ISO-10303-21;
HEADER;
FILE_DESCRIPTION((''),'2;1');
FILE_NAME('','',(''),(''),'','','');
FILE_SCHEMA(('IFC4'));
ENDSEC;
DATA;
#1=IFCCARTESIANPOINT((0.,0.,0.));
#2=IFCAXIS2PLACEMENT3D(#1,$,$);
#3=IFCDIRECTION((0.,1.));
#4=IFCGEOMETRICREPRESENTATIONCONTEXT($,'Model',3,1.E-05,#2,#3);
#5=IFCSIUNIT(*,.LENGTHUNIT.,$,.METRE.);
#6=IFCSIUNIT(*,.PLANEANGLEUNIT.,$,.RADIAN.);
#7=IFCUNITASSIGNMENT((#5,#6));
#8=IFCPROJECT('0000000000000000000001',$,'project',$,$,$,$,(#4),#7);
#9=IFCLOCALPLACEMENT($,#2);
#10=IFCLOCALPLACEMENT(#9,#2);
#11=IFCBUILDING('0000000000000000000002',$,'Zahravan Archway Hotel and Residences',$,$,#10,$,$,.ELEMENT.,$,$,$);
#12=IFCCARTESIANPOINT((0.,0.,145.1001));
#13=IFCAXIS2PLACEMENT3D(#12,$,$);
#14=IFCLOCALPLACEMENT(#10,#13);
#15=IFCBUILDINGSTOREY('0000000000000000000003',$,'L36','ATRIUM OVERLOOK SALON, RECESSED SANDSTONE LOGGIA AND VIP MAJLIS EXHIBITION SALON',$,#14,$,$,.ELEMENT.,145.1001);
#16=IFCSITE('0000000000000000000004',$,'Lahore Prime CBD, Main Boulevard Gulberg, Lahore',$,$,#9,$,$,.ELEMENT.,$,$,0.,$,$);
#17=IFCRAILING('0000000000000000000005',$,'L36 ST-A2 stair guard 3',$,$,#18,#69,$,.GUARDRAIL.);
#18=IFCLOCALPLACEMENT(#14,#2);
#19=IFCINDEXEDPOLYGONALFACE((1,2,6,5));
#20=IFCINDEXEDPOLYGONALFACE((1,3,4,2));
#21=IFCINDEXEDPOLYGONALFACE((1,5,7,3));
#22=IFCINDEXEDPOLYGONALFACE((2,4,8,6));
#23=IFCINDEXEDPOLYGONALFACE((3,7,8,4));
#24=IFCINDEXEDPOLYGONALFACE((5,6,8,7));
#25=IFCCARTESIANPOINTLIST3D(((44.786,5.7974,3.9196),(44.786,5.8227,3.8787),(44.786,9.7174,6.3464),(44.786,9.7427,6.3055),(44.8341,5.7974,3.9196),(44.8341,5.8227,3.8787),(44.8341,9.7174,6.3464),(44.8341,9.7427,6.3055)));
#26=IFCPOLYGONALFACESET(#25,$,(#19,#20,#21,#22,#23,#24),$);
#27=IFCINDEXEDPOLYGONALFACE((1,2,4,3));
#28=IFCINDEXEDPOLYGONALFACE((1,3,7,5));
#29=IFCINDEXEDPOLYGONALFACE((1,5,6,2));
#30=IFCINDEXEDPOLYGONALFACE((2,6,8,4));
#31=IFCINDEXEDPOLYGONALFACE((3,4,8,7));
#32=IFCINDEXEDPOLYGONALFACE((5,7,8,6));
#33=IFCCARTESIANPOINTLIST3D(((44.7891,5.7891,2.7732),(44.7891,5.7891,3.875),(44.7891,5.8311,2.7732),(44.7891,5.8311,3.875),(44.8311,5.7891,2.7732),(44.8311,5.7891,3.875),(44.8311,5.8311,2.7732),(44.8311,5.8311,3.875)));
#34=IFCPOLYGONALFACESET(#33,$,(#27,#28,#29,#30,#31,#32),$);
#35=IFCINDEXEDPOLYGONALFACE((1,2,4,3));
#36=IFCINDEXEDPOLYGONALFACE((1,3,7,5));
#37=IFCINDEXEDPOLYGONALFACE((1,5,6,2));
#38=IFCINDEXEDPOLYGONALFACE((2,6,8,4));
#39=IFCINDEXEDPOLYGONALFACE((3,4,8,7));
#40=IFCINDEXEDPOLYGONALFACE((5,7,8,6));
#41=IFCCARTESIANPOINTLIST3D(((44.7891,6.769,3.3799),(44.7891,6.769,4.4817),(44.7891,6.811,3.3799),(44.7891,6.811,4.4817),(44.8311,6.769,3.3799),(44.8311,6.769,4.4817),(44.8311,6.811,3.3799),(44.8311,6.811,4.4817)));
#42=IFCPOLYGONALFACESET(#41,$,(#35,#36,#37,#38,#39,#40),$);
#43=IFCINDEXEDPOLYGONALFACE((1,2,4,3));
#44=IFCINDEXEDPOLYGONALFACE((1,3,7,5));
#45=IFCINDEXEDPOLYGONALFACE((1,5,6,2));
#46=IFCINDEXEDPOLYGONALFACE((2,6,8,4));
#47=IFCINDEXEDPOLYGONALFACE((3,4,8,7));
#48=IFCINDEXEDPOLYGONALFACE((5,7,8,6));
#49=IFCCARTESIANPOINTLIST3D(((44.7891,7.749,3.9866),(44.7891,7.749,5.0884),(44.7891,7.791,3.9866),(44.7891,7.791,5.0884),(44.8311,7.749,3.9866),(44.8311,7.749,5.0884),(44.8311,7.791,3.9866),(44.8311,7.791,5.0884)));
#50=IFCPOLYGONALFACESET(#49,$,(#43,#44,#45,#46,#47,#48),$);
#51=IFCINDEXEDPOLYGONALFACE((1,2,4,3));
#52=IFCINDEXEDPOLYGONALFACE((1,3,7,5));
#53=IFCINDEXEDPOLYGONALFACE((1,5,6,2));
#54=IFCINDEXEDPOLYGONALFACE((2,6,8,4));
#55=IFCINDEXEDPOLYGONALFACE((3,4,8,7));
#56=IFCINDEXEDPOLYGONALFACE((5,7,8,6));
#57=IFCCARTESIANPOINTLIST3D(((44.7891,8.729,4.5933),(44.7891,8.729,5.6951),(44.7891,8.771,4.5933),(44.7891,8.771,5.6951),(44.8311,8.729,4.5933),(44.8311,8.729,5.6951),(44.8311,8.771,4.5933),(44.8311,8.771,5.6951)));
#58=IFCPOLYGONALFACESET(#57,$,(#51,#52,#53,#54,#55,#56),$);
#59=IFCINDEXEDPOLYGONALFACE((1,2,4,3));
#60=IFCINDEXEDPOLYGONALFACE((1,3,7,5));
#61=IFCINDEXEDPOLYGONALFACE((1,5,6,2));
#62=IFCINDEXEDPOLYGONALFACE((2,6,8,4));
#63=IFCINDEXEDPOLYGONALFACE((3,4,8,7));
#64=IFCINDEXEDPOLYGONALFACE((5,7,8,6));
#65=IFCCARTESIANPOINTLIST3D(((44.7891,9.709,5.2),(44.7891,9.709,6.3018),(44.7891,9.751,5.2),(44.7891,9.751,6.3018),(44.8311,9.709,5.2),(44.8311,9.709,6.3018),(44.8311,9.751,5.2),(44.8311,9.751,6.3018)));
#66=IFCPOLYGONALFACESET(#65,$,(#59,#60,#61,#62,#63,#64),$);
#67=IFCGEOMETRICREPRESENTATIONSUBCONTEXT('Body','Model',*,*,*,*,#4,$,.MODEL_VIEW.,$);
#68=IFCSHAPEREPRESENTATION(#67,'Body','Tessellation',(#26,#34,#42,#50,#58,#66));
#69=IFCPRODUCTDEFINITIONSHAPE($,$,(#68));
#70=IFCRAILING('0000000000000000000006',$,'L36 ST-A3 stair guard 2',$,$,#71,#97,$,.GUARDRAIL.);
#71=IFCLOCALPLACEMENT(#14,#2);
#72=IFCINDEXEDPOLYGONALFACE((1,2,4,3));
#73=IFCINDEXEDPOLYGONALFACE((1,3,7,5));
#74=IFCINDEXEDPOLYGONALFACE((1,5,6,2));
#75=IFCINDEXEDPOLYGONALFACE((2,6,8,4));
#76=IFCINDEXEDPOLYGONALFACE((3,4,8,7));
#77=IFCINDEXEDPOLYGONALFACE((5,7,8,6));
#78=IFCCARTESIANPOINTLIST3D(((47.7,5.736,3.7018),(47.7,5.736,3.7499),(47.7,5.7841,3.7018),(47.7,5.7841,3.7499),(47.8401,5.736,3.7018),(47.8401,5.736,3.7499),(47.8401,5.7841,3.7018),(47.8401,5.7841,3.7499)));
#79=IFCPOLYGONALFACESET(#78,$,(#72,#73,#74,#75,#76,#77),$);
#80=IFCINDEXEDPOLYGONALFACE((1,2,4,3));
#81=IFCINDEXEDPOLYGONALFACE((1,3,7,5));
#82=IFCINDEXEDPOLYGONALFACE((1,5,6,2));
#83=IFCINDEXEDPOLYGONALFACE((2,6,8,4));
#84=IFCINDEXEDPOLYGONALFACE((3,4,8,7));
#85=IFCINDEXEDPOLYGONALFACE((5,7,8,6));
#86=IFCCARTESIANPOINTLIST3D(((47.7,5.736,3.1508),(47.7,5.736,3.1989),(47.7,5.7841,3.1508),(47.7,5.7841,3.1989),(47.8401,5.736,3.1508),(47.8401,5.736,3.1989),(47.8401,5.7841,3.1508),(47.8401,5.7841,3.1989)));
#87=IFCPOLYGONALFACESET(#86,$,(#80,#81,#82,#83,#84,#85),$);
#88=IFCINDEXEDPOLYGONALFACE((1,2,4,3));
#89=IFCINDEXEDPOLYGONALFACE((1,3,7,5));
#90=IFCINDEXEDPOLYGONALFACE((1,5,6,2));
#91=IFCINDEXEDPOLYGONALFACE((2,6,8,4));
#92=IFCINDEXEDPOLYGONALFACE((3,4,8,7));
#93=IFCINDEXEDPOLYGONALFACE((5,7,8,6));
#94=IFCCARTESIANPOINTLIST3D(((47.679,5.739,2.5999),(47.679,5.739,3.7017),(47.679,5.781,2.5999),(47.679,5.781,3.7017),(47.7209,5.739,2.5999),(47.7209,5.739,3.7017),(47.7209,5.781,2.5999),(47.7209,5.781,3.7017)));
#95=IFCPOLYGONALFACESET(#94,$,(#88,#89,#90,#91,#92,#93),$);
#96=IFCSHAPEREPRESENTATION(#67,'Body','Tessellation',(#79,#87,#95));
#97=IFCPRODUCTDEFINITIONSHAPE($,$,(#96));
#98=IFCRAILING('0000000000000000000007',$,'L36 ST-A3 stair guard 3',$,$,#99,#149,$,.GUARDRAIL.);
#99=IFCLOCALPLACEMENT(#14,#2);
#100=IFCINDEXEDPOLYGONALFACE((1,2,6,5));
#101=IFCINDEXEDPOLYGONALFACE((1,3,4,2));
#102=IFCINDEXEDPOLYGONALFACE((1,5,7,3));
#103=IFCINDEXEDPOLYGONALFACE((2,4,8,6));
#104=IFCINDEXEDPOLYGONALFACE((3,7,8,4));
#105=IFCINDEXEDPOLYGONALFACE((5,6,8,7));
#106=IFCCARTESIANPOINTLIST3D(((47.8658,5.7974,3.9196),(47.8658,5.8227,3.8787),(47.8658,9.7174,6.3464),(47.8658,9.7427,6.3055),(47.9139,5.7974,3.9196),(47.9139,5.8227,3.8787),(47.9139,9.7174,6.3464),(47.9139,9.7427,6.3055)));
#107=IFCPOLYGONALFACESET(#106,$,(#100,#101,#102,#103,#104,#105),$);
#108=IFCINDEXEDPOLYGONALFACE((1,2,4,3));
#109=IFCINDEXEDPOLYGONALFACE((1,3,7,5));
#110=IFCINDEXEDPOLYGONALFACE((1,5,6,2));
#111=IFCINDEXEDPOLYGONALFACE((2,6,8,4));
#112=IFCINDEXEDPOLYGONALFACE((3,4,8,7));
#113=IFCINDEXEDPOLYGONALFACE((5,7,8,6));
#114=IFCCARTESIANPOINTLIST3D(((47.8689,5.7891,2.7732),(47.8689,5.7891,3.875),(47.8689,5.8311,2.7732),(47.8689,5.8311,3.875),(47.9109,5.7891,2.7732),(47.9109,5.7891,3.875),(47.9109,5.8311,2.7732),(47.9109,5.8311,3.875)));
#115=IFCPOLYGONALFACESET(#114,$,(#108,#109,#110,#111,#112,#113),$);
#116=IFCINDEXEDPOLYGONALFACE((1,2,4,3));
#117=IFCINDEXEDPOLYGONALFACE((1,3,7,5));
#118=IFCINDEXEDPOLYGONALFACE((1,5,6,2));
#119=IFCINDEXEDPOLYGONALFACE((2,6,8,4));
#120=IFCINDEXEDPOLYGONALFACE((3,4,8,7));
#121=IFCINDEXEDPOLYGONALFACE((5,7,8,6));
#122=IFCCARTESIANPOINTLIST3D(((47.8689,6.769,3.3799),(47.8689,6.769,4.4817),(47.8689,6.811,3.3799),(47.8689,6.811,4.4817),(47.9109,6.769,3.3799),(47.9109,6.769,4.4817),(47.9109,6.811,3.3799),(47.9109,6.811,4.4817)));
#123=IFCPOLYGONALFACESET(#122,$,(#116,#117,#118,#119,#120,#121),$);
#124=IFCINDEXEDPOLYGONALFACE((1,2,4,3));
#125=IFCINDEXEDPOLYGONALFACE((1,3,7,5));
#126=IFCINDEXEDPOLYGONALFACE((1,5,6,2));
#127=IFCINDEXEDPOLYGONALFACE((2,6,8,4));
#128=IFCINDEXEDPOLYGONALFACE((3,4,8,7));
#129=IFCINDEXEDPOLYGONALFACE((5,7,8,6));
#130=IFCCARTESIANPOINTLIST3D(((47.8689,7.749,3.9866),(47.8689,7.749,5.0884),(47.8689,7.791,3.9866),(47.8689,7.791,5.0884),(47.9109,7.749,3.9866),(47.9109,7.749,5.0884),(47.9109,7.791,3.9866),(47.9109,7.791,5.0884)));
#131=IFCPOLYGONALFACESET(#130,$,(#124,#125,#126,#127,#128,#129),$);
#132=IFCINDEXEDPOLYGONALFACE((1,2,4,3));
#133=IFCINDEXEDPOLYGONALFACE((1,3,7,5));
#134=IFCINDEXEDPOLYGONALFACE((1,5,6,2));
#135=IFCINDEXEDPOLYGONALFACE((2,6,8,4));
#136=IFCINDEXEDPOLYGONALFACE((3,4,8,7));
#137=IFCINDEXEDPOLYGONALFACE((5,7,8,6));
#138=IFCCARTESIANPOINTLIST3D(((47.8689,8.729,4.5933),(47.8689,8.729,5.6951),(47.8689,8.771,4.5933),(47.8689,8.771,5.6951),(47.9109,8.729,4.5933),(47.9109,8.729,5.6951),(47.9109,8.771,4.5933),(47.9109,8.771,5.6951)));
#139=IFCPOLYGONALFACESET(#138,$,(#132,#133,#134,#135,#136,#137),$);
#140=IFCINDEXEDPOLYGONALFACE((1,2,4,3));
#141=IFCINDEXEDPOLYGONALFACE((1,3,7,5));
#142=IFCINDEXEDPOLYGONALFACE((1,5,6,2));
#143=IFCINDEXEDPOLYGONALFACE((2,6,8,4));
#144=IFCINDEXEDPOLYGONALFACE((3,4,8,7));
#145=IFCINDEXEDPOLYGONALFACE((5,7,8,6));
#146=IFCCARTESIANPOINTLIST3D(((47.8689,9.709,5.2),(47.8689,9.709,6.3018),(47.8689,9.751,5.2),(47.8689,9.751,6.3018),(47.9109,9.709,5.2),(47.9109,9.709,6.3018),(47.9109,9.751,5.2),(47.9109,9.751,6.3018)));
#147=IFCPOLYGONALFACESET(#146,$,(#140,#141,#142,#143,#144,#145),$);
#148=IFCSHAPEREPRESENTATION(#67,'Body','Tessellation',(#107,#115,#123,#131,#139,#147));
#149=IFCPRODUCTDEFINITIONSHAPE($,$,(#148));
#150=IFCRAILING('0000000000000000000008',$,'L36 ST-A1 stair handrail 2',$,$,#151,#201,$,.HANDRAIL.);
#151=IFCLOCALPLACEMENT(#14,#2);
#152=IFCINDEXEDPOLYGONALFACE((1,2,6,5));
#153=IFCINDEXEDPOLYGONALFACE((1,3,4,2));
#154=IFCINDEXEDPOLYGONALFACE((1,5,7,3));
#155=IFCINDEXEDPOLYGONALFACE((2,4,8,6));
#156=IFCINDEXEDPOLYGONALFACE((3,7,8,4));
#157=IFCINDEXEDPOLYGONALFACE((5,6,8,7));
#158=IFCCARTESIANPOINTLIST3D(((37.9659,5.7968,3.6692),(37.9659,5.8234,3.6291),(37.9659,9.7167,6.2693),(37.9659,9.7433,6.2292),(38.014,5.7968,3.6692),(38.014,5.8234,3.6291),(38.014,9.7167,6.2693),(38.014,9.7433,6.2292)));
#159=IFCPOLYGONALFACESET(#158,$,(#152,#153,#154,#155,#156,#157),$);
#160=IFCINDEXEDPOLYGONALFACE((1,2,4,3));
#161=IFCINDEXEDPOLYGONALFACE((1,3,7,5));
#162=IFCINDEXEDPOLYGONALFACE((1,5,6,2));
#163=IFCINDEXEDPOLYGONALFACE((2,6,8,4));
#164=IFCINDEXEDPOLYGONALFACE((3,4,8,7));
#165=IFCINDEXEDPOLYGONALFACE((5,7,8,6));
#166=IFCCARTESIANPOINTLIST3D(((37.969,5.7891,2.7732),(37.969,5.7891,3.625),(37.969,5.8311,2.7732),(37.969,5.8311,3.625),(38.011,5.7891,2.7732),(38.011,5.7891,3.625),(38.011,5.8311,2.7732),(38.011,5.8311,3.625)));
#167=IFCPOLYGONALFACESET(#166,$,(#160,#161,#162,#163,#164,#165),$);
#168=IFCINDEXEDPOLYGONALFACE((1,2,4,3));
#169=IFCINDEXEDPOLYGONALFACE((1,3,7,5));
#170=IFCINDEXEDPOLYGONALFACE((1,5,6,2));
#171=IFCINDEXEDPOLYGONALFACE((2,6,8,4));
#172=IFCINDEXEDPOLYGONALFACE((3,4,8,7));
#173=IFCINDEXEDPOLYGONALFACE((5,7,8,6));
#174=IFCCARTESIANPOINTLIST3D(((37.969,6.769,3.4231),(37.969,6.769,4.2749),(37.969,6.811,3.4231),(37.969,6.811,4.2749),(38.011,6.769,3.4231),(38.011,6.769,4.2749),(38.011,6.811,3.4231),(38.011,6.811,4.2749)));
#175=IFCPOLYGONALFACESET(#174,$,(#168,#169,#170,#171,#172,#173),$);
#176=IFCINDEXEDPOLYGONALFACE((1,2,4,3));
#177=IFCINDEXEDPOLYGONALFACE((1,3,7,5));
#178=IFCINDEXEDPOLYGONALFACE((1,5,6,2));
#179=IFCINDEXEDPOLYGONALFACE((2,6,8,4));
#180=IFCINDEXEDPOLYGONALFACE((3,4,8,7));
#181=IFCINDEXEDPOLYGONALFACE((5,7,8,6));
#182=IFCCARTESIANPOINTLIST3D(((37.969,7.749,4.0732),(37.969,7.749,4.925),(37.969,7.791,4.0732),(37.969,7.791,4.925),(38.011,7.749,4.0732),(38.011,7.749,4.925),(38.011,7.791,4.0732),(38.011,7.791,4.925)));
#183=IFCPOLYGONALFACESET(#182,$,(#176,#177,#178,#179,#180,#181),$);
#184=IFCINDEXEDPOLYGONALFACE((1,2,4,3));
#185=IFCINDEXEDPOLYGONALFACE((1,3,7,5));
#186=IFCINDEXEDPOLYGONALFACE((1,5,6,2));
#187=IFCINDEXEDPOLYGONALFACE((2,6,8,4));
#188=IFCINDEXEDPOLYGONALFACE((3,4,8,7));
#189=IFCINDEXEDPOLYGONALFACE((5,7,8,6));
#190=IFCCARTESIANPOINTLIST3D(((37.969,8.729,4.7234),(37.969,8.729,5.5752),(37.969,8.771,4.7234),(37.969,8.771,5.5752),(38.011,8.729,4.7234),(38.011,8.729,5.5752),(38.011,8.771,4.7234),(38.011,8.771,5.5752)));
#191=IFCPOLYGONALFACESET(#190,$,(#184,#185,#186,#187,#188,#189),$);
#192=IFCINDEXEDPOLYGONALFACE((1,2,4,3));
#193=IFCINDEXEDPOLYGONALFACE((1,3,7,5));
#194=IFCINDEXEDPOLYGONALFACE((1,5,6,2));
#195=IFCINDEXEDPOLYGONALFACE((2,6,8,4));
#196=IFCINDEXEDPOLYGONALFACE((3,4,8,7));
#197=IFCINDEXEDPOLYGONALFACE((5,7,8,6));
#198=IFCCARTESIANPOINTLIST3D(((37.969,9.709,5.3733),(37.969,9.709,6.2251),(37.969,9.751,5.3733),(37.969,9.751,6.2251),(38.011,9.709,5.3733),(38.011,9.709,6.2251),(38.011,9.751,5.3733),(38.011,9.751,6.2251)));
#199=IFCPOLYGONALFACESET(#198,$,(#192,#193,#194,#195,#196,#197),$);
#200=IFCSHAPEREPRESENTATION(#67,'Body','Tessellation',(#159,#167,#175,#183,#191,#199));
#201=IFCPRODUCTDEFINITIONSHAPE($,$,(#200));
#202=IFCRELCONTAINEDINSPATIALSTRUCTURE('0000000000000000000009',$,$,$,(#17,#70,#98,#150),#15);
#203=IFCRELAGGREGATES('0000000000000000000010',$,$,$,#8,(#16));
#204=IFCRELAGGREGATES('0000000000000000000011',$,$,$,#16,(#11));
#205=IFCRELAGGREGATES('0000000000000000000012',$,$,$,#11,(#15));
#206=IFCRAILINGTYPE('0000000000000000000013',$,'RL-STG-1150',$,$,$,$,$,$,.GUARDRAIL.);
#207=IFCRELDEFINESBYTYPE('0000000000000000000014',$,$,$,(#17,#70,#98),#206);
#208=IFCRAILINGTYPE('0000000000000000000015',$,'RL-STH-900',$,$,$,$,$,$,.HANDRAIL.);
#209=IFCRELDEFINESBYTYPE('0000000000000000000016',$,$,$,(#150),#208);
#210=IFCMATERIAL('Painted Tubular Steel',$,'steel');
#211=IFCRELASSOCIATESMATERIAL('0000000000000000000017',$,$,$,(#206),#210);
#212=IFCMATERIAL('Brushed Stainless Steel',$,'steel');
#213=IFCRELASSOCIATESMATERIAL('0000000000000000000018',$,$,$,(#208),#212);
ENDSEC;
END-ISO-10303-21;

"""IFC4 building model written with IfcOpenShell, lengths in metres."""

from ifc_helpers import new_model, si_unit, direction, frame, origin, origin_2d, place, context, subcontext, project, spatial, rectangle, extrude, material, type_object, element, save


model = new_model("IFC4")

# Units and contexts
model_context = context("Model", 3, precision=1e-05, world=origin(), true_north=direction((0.0, 1.0)))
body_context = subcontext(model_context, "Body", "Model", "MODEL_VIEW")
ifc_project = project(units=[si_unit("LENGTHUNIT", "METRE"), si_unit("PLANEANGLEUNIT", "RADIAN")], contexts=[model_context])

# Site, building, storey
site_placement = place(None, origin())
site = spatial("IfcSite", under=ifc_project, at=site_placement, Name="Lahore Prime CBD, Main Boulevard Gulberg, Lahore", CompositionType="ELEMENT", RefElevation=0.0)
building_placement = place(site_placement, origin())
building = spatial("IfcBuilding", under=site, at=building_placement, Name="Zahravan Archway Hotel and Residences", CompositionType="ELEMENT")
storey_placement = place(building_placement, frame((0.0, 0.0, 145.1001)))
storey = spatial("IfcBuildingStorey", under=building, at=storey_placement, Name="L36", Description="ATRIUM OVERLOOK SALON, RECESSED SANDSTONE LOGGIA AND VIP MAJLIS EXHIBITION SALON", CompositionType="ELEMENT", Elevation=145.1001)

# Railings
ifc_material_1 = material(Name="Painted Tubular Steel", Category="steel")
railing_type_1 = type_object("IfcRailingType", Name="RL-STG-1150", PredefinedType="GUARDRAIL", material=ifc_material_1)
railing_1_placement = place(storey_placement, frame((44.8101, 5.8101, 2.7732)))
element("IfcRailing", 1, at=railing_1_placement, inside=storey, type_object=railing_type_1, Name="L36 ST-A2 stair guard 3", PredefinedType="GUARDRAIL", context=body_context, shape_type="SweptSolid", body=[
    extrude(rectangle(XDim=0.0481, YDim=0.0481, at=origin_2d()), frame((0.0, 0.0, 1.126), z_axis=(0.0, 0.850252, 0.526376), x_axis=(-1.0, 0.0, 0.0)), (0.0, 0.0, 1.0), 4.6104),
    extrude(rectangle(XDim=0.042, YDim=0.042, at=origin_2d()), origin(), (0.0, 0.0, 1.0), 1.1018),
    extrude(rectangle(XDim=0.042, YDim=0.042, at=origin_2d()), frame((0.0, 0.98, 0.6067)), (0.0, 0.0, 1.0), 1.1018),
    extrude(rectangle(XDim=0.042, YDim=0.042, at=origin_2d()), frame((0.0, 1.96, 1.2134)), (0.0, 0.0, 1.0), 1.1018),
    extrude(rectangle(XDim=0.042, YDim=0.042, at=origin_2d()), frame((0.0, 2.9399, 1.8201)), (0.0, 0.0, 1.0), 1.1018),
    extrude(rectangle(XDim=0.042, YDim=0.042, at=origin_2d()), frame((0.0, 3.9199, 2.4268)), (0.0, 0.0, 1.0), 1.1018),
])
railing_2_placement = place(storey_placement, frame((47.7, 5.76, 2.5999)))
element("IfcRailing", 2, at=railing_2_placement, inside=storey, type_object=railing_type_1, Name="L36 ST-A3 stair guard 2", PredefinedType="GUARDRAIL", context=body_context, shape_type="SweptSolid", body=[
    extrude(rectangle(XDim=0.0481, YDim=0.0481, at=origin_2d()), frame((0.0, 0.0, 1.126), z_axis=(1.0, 0.0, 0.0), x_axis=(0.0, 1.0, 0.0)), (0.0, 0.0, 1.0), 0.1401),
    extrude(rectangle(XDim=0.0481, YDim=0.0481, at=origin_2d()), frame((0.0, 0.0, 0.575), z_axis=(1.0, 0.0, 0.0), x_axis=(0.0, 1.0, 0.0)), (0.0, 0.0, 1.0), 0.1401),
    extrude(rectangle(XDim=0.042, YDim=0.042, at=origin_2d()), origin(), (0.0, 0.0, 1.0), 1.1018),
])
railing_3_placement = place(storey_placement, frame((47.8899, 5.8101, 2.7732)))
element("IfcRailing", 3, at=railing_3_placement, inside=storey, type_object=railing_type_1, Name="L36 ST-A3 stair guard 3", PredefinedType="GUARDRAIL", context=body_context, shape_type="SweptSolid", body=[
    extrude(rectangle(XDim=0.0481, YDim=0.0481, at=origin_2d()), frame((0.0, 0.0, 1.126), z_axis=(0.0, 0.850252, 0.526376), x_axis=(-1.0, 0.0, 0.0)), (0.0, 0.0, 1.0), 4.6104),
    extrude(rectangle(XDim=0.042, YDim=0.042, at=origin_2d()), origin(), (0.0, 0.0, 1.0), 1.1018),
    extrude(rectangle(XDim=0.042, YDim=0.042, at=origin_2d()), frame((0.0, 0.98, 0.6067)), (0.0, 0.0, 1.0), 1.1018),
    extrude(rectangle(XDim=0.042, YDim=0.042, at=origin_2d()), frame((0.0, 1.96, 1.2134)), (0.0, 0.0, 1.0), 1.1018),
    extrude(rectangle(XDim=0.042, YDim=0.042, at=origin_2d()), frame((0.0, 2.9399, 1.8201)), (0.0, 0.0, 1.0), 1.1018),
    extrude(rectangle(XDim=0.042, YDim=0.042, at=origin_2d()), frame((0.0, 3.9199, 2.4268)), (0.0, 0.0, 1.0), 1.1018),
])
ifc_material_2 = material(Name="Brushed Stainless Steel", Category="steel")
railing_type_2 = type_object("IfcRailingType", Name="RL-STH-900", PredefinedType="HANDRAIL", material=ifc_material_2)
for number, where, name in (
    (4, (37.99, 5.8101, 2.7732), "L36 ST-A1 stair handrail 2"),
):
    element("IfcRailing", number, at=place(storey_placement, frame(where)), inside=storey, type_object=railing_type_2, Name=name, PredefinedType="HANDRAIL", context=body_context, shape_type="SweptSolid", body=[
        extrude(rectangle(XDim=0.0481, YDim=0.0481, at=origin_2d()), frame((0.0, 0.0, 0.876), z_axis=(0.0, 0.833342, 0.552758), x_axis=(-1.0, 0.0, 0.0)), (0.0, 0.0, 1.0), 4.7039),
        extrude(rectangle(XDim=0.042, YDim=0.042, at=origin_2d()), origin(), (0.0, 0.0, 1.0), 0.8518),
        extrude(rectangle(XDim=0.042, YDim=0.042, at=origin_2d()), frame((0.0, 0.98, 0.6499)), (0.0, 0.0, 1.0), 0.8518),
        extrude(rectangle(XDim=0.042, YDim=0.042, at=origin_2d()), frame((0.0, 1.96, 1.3)), (0.0, 0.0, 1.0), 0.8518),
        extrude(rectangle(XDim=0.042, YDim=0.042, at=origin_2d()), frame((0.0, 2.9399, 1.9502)), (0.0, 0.0, 1.0), 0.8518),
        extrude(rectangle(XDim=0.042, YDim=0.042, at=origin_2d()), frame((0.0, 3.9199, 2.6001)), (0.0, 0.0, 1.0), 0.8518),
    ])

save(model, "model.ifc")
